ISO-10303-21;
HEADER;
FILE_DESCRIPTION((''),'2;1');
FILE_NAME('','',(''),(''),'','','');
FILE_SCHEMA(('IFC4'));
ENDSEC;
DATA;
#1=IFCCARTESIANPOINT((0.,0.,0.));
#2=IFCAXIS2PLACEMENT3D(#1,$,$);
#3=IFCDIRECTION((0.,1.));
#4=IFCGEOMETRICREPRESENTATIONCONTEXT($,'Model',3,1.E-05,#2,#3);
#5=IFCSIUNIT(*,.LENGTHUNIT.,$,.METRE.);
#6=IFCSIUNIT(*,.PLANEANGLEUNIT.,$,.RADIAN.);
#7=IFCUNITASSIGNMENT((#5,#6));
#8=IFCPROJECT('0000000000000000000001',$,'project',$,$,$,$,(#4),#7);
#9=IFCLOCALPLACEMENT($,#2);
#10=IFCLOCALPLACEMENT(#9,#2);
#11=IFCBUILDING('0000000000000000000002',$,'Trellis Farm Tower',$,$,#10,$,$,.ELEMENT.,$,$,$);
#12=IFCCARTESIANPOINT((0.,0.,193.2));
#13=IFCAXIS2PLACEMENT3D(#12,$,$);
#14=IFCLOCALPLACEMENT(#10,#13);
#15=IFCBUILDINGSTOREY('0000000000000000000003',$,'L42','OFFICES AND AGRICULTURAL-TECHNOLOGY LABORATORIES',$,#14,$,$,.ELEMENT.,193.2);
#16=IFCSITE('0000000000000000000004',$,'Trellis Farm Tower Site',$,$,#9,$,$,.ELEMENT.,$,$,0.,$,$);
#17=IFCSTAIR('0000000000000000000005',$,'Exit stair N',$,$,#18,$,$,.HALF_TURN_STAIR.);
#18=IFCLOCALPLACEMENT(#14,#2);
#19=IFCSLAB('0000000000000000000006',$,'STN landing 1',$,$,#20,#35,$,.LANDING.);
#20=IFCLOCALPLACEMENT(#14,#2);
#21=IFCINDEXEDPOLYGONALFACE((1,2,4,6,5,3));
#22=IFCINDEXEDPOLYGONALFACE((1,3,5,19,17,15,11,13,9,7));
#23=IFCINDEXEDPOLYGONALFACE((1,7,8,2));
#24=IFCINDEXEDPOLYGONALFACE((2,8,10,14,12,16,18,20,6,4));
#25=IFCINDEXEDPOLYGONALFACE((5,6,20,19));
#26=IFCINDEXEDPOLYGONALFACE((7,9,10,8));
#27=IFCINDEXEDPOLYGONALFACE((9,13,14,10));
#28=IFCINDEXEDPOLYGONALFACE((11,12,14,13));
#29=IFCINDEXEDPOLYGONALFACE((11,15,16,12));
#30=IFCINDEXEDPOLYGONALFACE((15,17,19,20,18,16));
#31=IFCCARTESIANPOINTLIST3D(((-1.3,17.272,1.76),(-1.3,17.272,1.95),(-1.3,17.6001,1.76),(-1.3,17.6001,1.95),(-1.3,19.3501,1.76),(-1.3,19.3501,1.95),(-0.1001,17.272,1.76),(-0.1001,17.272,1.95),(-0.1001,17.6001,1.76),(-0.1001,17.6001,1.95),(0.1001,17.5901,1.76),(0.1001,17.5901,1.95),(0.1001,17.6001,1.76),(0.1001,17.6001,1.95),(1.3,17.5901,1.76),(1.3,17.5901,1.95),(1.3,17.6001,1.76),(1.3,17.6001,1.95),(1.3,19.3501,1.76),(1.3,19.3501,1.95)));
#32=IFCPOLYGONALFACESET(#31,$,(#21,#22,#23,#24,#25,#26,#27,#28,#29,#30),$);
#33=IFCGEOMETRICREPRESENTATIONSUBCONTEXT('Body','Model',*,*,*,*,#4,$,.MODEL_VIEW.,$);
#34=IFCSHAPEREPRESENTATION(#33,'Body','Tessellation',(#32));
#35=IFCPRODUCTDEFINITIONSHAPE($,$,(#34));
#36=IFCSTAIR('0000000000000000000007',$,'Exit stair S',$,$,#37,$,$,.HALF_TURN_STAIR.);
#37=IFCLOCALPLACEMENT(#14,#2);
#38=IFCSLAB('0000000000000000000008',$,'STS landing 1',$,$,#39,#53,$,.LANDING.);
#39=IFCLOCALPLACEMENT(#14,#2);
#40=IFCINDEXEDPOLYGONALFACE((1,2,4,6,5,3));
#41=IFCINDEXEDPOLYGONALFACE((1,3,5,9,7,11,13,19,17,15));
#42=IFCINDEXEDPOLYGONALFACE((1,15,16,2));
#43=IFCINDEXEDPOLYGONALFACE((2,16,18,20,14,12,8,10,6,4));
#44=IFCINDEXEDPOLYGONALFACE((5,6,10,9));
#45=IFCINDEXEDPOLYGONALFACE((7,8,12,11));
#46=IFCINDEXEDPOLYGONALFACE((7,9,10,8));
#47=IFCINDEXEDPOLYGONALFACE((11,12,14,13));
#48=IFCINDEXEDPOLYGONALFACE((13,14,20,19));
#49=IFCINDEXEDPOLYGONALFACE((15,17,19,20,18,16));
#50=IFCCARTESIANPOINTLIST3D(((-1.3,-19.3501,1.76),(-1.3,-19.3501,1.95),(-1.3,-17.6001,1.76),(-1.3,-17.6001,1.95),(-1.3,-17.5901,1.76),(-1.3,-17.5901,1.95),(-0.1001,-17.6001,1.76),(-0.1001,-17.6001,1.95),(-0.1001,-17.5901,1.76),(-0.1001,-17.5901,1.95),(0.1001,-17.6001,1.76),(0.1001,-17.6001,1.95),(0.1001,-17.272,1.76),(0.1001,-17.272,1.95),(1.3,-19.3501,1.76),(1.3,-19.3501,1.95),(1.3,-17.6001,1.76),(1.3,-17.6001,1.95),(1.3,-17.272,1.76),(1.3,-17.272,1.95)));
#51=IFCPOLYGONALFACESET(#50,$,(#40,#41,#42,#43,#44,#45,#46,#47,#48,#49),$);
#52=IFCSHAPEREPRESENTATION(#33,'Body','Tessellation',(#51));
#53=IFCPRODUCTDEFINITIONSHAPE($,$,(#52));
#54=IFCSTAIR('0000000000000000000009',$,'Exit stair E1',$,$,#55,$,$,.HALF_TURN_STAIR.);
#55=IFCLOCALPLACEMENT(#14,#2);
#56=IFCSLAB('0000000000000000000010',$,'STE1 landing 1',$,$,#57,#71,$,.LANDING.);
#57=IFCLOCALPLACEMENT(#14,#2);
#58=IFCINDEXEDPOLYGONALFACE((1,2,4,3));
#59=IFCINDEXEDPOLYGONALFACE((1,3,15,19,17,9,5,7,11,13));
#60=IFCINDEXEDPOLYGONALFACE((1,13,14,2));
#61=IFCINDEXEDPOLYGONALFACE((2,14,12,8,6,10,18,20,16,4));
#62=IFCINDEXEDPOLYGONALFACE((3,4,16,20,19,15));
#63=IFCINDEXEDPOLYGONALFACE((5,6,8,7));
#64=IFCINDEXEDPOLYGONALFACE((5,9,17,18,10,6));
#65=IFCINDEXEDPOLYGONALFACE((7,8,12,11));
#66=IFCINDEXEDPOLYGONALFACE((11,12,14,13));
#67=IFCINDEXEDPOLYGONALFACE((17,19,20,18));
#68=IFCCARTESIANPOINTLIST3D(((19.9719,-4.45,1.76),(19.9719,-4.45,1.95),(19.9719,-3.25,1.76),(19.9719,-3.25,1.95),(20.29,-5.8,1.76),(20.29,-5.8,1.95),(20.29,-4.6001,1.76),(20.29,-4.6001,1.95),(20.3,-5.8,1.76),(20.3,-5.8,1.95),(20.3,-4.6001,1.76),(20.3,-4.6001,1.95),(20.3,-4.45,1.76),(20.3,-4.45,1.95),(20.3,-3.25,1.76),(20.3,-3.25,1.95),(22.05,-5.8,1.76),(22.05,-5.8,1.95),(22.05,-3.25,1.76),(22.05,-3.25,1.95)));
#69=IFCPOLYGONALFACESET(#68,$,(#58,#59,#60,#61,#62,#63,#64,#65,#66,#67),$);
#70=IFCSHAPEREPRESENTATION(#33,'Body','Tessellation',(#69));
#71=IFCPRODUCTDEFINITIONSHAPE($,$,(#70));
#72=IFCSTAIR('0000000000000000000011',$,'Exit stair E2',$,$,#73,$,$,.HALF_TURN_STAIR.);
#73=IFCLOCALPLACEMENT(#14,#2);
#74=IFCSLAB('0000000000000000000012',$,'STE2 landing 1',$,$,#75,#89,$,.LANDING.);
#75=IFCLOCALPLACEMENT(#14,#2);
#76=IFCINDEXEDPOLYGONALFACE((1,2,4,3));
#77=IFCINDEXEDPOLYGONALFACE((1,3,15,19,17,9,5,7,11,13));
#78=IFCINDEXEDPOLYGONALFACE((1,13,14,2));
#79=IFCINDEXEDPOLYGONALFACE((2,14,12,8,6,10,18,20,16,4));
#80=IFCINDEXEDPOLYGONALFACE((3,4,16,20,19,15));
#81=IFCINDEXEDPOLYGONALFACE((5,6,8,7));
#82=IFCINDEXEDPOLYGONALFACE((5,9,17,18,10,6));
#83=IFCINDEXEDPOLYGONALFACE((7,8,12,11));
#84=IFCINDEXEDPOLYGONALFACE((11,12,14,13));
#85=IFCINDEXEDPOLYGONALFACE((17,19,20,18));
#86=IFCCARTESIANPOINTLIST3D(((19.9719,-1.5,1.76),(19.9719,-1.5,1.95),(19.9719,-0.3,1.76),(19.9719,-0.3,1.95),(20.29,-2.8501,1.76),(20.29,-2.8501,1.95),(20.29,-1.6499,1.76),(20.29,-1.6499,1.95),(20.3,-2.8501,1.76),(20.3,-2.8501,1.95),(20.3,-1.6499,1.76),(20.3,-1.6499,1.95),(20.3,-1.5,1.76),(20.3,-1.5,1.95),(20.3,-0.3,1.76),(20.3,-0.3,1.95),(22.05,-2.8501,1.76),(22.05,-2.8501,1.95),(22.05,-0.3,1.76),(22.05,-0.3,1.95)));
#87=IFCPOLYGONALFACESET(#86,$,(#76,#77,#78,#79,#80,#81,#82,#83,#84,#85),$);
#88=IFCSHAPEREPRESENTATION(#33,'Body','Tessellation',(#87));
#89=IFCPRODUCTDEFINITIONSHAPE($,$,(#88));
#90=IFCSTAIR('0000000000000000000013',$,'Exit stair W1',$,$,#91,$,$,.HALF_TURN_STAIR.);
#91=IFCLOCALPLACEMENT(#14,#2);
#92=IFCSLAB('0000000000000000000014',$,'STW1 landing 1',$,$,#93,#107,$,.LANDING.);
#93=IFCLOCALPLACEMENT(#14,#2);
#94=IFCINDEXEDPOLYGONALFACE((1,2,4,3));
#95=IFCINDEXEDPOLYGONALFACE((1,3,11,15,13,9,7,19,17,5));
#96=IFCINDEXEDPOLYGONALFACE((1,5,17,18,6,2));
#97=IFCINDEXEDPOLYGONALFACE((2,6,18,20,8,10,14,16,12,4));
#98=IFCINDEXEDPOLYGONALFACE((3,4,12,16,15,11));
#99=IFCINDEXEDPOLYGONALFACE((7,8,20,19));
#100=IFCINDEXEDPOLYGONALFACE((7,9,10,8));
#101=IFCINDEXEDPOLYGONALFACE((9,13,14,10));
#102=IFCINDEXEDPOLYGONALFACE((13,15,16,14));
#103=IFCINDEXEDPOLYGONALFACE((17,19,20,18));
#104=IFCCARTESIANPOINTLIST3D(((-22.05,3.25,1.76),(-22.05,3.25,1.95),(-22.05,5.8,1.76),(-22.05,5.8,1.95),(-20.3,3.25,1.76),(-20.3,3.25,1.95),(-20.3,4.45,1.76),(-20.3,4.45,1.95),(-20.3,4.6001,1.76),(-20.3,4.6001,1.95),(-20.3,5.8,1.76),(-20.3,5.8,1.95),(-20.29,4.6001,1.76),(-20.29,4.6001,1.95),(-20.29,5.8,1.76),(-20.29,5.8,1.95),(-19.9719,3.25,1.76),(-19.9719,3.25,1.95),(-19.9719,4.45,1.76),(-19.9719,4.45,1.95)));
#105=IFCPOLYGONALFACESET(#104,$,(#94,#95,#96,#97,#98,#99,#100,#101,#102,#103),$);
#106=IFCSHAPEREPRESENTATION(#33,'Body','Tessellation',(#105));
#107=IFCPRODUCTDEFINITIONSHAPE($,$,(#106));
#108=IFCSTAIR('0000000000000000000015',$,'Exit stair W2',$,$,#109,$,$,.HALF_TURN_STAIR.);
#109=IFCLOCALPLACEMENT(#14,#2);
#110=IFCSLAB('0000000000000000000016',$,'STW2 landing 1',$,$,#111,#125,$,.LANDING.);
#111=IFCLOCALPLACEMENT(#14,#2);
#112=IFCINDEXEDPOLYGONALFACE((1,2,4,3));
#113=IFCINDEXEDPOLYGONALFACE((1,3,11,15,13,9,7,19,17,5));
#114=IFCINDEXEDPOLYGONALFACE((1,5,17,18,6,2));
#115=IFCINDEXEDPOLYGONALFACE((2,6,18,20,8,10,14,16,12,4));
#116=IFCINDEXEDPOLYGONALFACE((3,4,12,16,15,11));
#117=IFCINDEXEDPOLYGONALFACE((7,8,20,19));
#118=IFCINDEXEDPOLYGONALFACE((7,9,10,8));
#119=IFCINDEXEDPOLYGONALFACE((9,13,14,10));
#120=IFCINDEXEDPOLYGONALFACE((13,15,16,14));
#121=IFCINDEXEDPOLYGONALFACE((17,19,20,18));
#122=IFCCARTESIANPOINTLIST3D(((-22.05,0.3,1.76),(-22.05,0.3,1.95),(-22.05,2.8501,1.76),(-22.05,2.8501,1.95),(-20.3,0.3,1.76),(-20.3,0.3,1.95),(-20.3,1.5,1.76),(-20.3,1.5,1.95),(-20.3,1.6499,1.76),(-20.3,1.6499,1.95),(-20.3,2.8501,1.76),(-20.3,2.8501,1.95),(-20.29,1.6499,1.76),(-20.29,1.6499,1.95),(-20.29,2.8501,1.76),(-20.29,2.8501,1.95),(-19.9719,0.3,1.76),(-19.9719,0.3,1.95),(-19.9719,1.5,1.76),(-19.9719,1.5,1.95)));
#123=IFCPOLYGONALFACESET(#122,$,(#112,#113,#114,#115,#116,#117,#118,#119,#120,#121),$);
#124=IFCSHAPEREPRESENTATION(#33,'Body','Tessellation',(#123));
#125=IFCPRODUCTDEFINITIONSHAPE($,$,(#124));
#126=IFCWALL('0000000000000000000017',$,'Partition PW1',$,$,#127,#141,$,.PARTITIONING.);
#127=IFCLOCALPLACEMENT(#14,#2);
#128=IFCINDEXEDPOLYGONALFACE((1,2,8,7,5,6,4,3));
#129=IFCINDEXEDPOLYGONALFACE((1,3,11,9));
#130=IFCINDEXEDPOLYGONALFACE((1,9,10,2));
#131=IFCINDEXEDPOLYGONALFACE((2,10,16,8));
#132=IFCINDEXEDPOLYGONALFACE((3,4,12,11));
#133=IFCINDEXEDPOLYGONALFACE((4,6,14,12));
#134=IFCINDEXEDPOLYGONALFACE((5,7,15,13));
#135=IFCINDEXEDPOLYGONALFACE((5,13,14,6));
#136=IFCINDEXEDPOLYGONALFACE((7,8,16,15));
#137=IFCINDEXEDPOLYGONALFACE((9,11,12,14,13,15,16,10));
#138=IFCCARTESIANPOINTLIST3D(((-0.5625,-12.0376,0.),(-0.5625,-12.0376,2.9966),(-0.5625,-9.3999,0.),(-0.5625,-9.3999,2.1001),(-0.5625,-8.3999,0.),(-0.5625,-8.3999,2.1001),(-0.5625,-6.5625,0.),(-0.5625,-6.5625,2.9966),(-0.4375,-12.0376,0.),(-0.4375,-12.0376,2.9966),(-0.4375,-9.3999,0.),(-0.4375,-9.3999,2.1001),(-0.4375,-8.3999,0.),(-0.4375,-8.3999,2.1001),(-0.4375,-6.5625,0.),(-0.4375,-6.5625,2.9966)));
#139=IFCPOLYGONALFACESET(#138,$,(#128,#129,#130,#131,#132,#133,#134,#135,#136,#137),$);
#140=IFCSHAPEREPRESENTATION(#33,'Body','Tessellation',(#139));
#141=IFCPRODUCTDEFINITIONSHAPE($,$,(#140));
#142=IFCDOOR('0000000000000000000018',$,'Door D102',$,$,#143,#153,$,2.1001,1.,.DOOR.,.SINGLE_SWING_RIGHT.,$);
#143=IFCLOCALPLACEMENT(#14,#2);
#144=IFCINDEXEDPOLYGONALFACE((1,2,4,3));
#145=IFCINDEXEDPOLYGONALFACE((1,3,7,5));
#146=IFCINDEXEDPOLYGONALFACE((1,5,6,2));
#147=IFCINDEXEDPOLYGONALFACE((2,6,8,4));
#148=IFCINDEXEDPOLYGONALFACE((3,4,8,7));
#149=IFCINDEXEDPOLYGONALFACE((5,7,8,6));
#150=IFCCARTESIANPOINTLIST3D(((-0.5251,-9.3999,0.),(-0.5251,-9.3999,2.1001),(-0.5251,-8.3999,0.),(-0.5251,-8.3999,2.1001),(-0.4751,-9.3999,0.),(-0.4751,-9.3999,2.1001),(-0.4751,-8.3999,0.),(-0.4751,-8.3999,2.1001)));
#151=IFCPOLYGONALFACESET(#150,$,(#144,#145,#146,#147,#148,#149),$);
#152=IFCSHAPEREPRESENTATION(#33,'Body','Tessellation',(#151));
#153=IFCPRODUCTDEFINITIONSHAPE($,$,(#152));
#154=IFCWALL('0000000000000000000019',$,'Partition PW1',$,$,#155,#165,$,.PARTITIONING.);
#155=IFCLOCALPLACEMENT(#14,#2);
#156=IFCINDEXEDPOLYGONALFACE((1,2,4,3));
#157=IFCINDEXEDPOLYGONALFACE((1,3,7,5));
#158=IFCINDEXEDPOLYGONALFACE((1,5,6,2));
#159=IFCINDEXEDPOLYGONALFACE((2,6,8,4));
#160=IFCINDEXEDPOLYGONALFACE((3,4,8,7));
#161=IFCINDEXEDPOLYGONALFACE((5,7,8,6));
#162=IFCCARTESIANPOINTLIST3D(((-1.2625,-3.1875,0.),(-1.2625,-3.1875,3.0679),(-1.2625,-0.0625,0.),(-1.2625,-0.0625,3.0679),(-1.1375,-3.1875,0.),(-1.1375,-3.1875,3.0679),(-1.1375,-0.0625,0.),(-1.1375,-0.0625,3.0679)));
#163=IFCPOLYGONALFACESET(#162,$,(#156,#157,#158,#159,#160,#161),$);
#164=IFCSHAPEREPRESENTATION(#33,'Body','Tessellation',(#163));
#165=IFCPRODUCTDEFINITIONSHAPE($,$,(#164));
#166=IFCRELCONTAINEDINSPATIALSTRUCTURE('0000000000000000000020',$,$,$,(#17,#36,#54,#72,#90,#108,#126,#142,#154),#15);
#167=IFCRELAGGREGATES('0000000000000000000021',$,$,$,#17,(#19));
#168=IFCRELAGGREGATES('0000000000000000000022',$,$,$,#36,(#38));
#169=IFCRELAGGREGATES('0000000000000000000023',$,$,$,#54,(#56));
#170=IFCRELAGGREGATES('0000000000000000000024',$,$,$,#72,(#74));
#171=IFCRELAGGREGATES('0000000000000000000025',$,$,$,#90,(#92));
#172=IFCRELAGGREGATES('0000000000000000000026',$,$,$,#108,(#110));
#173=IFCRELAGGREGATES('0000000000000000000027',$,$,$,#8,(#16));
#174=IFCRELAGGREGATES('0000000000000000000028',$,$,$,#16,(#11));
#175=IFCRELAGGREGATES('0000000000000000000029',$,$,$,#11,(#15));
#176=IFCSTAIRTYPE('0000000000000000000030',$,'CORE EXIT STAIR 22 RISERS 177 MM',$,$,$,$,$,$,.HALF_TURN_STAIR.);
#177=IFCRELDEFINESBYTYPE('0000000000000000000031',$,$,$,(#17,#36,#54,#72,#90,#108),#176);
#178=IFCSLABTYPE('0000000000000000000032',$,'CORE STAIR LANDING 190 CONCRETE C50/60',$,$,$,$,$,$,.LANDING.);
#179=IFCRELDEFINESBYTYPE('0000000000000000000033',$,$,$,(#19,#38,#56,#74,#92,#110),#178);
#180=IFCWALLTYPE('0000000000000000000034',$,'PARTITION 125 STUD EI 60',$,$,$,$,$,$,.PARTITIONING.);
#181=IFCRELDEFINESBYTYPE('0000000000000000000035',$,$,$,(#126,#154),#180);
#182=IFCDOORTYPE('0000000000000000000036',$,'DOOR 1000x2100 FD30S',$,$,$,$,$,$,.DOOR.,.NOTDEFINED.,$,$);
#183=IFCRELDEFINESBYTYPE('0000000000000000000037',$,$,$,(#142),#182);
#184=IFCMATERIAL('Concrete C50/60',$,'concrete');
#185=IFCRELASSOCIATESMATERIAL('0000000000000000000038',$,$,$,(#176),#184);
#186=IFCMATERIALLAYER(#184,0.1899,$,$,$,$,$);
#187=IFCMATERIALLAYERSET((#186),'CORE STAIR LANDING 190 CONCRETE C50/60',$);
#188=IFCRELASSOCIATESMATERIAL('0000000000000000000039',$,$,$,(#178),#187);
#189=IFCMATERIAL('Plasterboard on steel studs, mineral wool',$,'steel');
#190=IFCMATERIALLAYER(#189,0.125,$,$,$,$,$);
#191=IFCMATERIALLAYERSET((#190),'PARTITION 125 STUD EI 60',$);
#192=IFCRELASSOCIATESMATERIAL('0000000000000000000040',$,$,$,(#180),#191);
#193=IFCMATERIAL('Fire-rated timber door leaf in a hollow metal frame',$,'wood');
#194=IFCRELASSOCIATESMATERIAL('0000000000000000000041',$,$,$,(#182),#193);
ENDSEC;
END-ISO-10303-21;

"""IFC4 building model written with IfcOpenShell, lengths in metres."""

from ifc_helpers import new_model, si_unit, direction, frame, frame_2d, origin, place, context, subcontext, project, spatial, polyline, rectangle, outline, extrude, source, transform, mapped, material, layer, layer_set, type_object, element, fill, aggregate, save


model = new_model("IFC4")

# Units and contexts
model_context = context("Model", 3, precision=1e-05, world=origin(), true_north=direction((0.0, 1.0)))
body_context = subcontext(model_context, "Body", "Model", "MODEL_VIEW")
ifc_project = project(units=[si_unit("LENGTHUNIT", "METRE"), si_unit("PLANEANGLEUNIT", "RADIAN")], contexts=[model_context])

# Site, building, storey
site_placement = place(None, origin())
site = spatial("IfcSite", under=ifc_project, at=site_placement, Name="Trellis Farm Tower Site", CompositionType="ELEMENT", RefElevation=0.0)
building_placement = place(site_placement, origin())
building = spatial("IfcBuilding", under=site, at=building_placement, Name="Trellis Farm Tower", CompositionType="ELEMENT")
storey_placement = place(building_placement, frame((0.0, 0.0, 193.2)))
storey = spatial("IfcBuildingStorey", under=building, at=storey_placement, Name="L42", Description="OFFICES AND AGRICULTURAL-TECHNOLOGY LABORATORIES", CompositionType="ELEMENT", Elevation=193.2)

# Stairs, slabs
ifc_material_1 = material(Name="Concrete C50/60", Category="concrete")
stair_type = type_object("IfcStairType", Name="CORE EXIT STAIR 22 RISERS 177 MM", PredefinedType="HALF_TURN_STAIR", material=ifc_material_1)
placement_1 = place(storey_placement, origin())
stair_1 = element("IfcStair", 1, at=placement_1, inside=storey, type_object=stair_type, Name="Exit stair N", PredefinedType="HALF_TURN_STAIR")
ifc_layer_1 = layer(ifc_material_1, 0.1899)
ifc_layer_set_1 = layer_set([ifc_layer_1], Name="CORE STAIR LANDING 190 CONCRETE C50/60")
slab_type_1 = type_object("IfcSlabType", Name="CORE STAIR LANDING 190 CONCRETE C50/60", PredefinedType="LANDING", material=ifc_layer_set_1)
shared_shape_1 = source(origin(), body_context, "Body", "SweptSolid", [
    extrude(outline(polyline([(-0.1001, 17.272), (-1.3, 17.272), (-1.3, 17.6001), (-1.3, 19.3501), (1.3, 19.3501), (1.3, 17.6001), (1.3, 17.5901), (0.1001, 17.5901), (0.1001, 17.6001), (-0.1001, 17.6001), (-0.1001, 17.272)])), origin(), (0.0, 0.0, 1.0), 0.1899),
])
placement_2 = place(storey_placement, frame((0.0, 0.0, 1.76)))
slab_1 = element("IfcSlab", 2, at=placement_2, type_object=slab_type_1, Name="STN landing 1", PredefinedType="LANDING", context=body_context, shape_type="MappedRepresentation", body=[
    mapped(shared_shape_1, transform((0.0, 0.0, 0.0))),
])
aggregate(stair_1, [slab_1])
stair_2 = element("IfcStair", 3, at=placement_1, inside=storey, type_object=stair_type, Name="Exit stair S", PredefinedType="HALF_TURN_STAIR")
shared_shape_2 = source(origin(), body_context, "Body", "SweptSolid", [
    extrude(outline(polyline([(1.3, -19.3501), (-1.3, -19.3501), (-1.3, -17.6001), (-1.3, -17.5901), (-0.1001, -17.5901), (-0.1001, -17.6001), (0.1001, -17.6001), (0.1001, -17.272), (1.3, -17.272), (1.3, -17.6001), (1.3, -19.3501)])), origin(), (0.0, 0.0, 1.0), 0.1899),
])
slab_2 = element("IfcSlab", 4, at=placement_2, type_object=slab_type_1, Name="STS landing 1", PredefinedType="LANDING", context=body_context, shape_type="MappedRepresentation", body=[
    mapped(shared_shape_2, transform((0.0, 0.0, 0.0))),
])
aggregate(stair_2, [slab_2])
stair_3 = element("IfcStair", 5, at=placement_1, inside=storey, type_object=stair_type, Name="Exit stair E1", PredefinedType="HALF_TURN_STAIR")
shared_shape_3 = source(origin(), body_context, "Body", "SweptSolid", [
    extrude(outline(polyline([(20.29, -5.8), (20.29, -4.6001), (20.3, -4.6001), (20.3, -4.45), (19.9719, -4.45), (19.9719, -3.25), (20.3, -3.25), (22.05, -3.25), (22.05, -5.8), (20.3, -5.8), (20.29, -5.8)])), origin(), (0.0, 0.0, 1.0), 0.1899),
])
slab_3 = element("IfcSlab", 6, at=placement_2, type_object=slab_type_1, Name="STE1 landing 1", PredefinedType="LANDING", context=body_context, shape_type="MappedRepresentation", body=[
    mapped(shared_shape_3, transform((0.0, 0.0, 0.0))),
])
aggregate(stair_3, [slab_3])
stair_4 = element("IfcStair", 7, at=placement_1, inside=storey, type_object=stair_type, Name="Exit stair E2", PredefinedType="HALF_TURN_STAIR")
shared_shape_4 = source(origin(), body_context, "Body", "SweptSolid", [
    extrude(outline(polyline([(20.29, -2.8501), (20.29, -1.6499), (20.3, -1.6499), (20.3, -1.5), (19.9719, -1.5), (19.9719, -0.3), (20.3, -0.3), (22.05, -0.3), (22.05, -2.8501), (20.3, -2.8501), (20.29, -2.8501)])), origin(), (0.0, 0.0, 1.0), 0.1899),
])
slab_4 = element("IfcSlab", 8, at=placement_2, type_object=slab_type_1, Name="STE2 landing 1", PredefinedType="LANDING", context=body_context, shape_type="MappedRepresentation", body=[
    mapped(shared_shape_4, transform((0.0, 0.0, 0.0))),
])
aggregate(stair_4, [slab_4])
stair_5 = element("IfcStair", 9, at=placement_1, inside=storey, type_object=stair_type, Name="Exit stair W1", PredefinedType="HALF_TURN_STAIR")
shared_shape_5 = source(origin(), body_context, "Body", "SweptSolid", [
    extrude(outline(polyline([(-19.9719, 4.45), (-19.9719, 3.25), (-20.3, 3.25), (-22.05, 3.25), (-22.05, 5.8), (-20.3, 5.8), (-20.29, 5.8), (-20.29, 4.6001), (-20.3, 4.6001), (-20.3, 4.45), (-19.9719, 4.45)])), origin(), (0.0, 0.0, 1.0), 0.1899),
])
slab_5 = element("IfcSlab", 10, at=placement_2, type_object=slab_type_1, Name="STW1 landing 1", PredefinedType="LANDING", context=body_context, shape_type="MappedRepresentation", body=[
    mapped(shared_shape_5, transform((0.0, 0.0, 0.0))),
])
aggregate(stair_5, [slab_5])
stair_6 = element("IfcStair", 11, at=placement_1, inside=storey, type_object=stair_type, Name="Exit stair W2", PredefinedType="HALF_TURN_STAIR")
shared_shape_6 = source(origin(), body_context, "Body", "SweptSolid", [
    extrude(outline(polyline([(-19.9719, 1.5), (-19.9719, 0.3), (-20.3, 0.3), (-22.05, 0.3), (-22.05, 2.8501), (-20.3, 2.8501), (-20.29, 2.8501), (-20.29, 1.6499), (-20.3, 1.6499), (-20.3, 1.5), (-19.9719, 1.5)])), origin(), (0.0, 0.0, 1.0), 0.1899),
])
slab_6 = element("IfcSlab", 12, at=placement_2, type_object=slab_type_1, Name="STW2 landing 1", PredefinedType="LANDING", context=body_context, shape_type="MappedRepresentation", body=[
    mapped(shared_shape_6, transform((0.0, 0.0, 0.0))),
])
aggregate(stair_6, [slab_6])

# Wall, opening, door
ifc_material_2 = material(Name="Plasterboard on steel studs, mineral wool", Category="steel")
ifc_layer_2 = layer(ifc_material_2, 0.125)
ifc_layer_set_2 = layer_set([ifc_layer_2], Name="PARTITION 125 STUD EI 60")
wall_type_1 = type_object("IfcWallType", Name="PARTITION 125 STUD EI 60", PredefinedType="PARTITIONING", material=ifc_layer_set_2)
shared_shape_7 = source(origin(), body_context, "Body", "SweptSolid", [
    extrude(rectangle(XDim=5.4751, YDim=0.125, at=frame_2d((2.7375, 0.0))), origin(), (0.0, 0.0, 1.0), 2.9966),
])
wall_1_placement = place(storey_placement, frame((-0.5, -6.5625, 0.0), z_axis=(0.0, 0.0, 1.0), x_axis=(0.0, -1.0, 0.0)))
wall_1 = element("IfcWall", 13, at=wall_1_placement, inside=storey, type_object=wall_type_1, Name="Partition PW1", PredefinedType="PARTITIONING", context=body_context, shape_type="MappedRepresentation", body=[
    mapped(shared_shape_7, transform((0.0, 0.0, 0.0))),
])
shared_shape_8 = source(origin(), body_context, "Body", "SweptSolid", [
    extrude(rectangle(XDim=1.0, YDim=2.1001, at=frame_2d((0.5, 1.05))), frame((0.0, 0.0725, 0.0), z_axis=(0.0, -1.0, 0.0), x_axis=(1.0, 0.0, 0.0)), (0.0, 0.0, 1.0), 0.145),
])
opening_1_placement = place(wall_1_placement, frame((1.8374, 0.0, 0.0)))
opening_1 = element("IfcOpeningElement", 14, at=opening_1_placement, cuts=wall_1, PredefinedType="OPENING", context=body_context, shape_type="MappedRepresentation", body=[
    mapped(shared_shape_8, transform((0.0, 0.0, 0.0))),
])
ifc_material_3 = material(Name="Fire-rated timber door leaf in a hollow metal frame", Category="wood")
door_type = type_object("IfcDoorType", Name="DOOR 1000x2100 FD30S", OperationType="NOTDEFINED", PredefinedType="DOOR", material=ifc_material_3)
shared_shape_9 = source(origin(), body_context, "Body", "SweptSolid", [
    extrude(rectangle(XDim=1.0, YDim=2.1001, at=frame_2d((0.5, 1.05))), frame((0.0, 0.0249, 0.0), z_axis=(0.0, -1.0, 0.0), x_axis=(1.0, 0.0, 0.0)), (0.0, 0.0, 1.0), 0.05),
])
door_1_placement = place(opening_1_placement, origin())
door_1 = element("IfcDoor", 15, at=door_1_placement, inside=storey, type_object=door_type, Name="Door D102", OperationType="SINGLE_SWING_RIGHT", OverallHeight=2.1001, OverallWidth=1.0, PredefinedType="DOOR", context=body_context, shape_type="MappedRepresentation", body=[
    mapped(shared_shape_9, transform((0.0, 0.0, 0.0))),
])
fill(opening_1, door_1)

# Wall
shared_shape_10 = source(origin(), body_context, "Body", "SweptSolid", [
    extrude(rectangle(XDim=3.125, YDim=0.125, at=frame_2d((1.5625, 0.0))), origin(), (0.0, 0.0, 1.0), 3.0679),
])
wall_2_placement = place(storey_placement, frame((-1.2, -0.0625, 0.0), z_axis=(0.0, 0.0, 1.0), x_axis=(0.0, -1.0, 0.0)))
element("IfcWall", 16, at=wall_2_placement, inside=storey, type_object=wall_type_1, Name="Partition PW1", PredefinedType="PARTITIONING", context=body_context, shape_type="MappedRepresentation", body=[
    mapped(shared_shape_10, transform((0.0, 0.0, 0.0))),
])

save(model, "model.ifc")
